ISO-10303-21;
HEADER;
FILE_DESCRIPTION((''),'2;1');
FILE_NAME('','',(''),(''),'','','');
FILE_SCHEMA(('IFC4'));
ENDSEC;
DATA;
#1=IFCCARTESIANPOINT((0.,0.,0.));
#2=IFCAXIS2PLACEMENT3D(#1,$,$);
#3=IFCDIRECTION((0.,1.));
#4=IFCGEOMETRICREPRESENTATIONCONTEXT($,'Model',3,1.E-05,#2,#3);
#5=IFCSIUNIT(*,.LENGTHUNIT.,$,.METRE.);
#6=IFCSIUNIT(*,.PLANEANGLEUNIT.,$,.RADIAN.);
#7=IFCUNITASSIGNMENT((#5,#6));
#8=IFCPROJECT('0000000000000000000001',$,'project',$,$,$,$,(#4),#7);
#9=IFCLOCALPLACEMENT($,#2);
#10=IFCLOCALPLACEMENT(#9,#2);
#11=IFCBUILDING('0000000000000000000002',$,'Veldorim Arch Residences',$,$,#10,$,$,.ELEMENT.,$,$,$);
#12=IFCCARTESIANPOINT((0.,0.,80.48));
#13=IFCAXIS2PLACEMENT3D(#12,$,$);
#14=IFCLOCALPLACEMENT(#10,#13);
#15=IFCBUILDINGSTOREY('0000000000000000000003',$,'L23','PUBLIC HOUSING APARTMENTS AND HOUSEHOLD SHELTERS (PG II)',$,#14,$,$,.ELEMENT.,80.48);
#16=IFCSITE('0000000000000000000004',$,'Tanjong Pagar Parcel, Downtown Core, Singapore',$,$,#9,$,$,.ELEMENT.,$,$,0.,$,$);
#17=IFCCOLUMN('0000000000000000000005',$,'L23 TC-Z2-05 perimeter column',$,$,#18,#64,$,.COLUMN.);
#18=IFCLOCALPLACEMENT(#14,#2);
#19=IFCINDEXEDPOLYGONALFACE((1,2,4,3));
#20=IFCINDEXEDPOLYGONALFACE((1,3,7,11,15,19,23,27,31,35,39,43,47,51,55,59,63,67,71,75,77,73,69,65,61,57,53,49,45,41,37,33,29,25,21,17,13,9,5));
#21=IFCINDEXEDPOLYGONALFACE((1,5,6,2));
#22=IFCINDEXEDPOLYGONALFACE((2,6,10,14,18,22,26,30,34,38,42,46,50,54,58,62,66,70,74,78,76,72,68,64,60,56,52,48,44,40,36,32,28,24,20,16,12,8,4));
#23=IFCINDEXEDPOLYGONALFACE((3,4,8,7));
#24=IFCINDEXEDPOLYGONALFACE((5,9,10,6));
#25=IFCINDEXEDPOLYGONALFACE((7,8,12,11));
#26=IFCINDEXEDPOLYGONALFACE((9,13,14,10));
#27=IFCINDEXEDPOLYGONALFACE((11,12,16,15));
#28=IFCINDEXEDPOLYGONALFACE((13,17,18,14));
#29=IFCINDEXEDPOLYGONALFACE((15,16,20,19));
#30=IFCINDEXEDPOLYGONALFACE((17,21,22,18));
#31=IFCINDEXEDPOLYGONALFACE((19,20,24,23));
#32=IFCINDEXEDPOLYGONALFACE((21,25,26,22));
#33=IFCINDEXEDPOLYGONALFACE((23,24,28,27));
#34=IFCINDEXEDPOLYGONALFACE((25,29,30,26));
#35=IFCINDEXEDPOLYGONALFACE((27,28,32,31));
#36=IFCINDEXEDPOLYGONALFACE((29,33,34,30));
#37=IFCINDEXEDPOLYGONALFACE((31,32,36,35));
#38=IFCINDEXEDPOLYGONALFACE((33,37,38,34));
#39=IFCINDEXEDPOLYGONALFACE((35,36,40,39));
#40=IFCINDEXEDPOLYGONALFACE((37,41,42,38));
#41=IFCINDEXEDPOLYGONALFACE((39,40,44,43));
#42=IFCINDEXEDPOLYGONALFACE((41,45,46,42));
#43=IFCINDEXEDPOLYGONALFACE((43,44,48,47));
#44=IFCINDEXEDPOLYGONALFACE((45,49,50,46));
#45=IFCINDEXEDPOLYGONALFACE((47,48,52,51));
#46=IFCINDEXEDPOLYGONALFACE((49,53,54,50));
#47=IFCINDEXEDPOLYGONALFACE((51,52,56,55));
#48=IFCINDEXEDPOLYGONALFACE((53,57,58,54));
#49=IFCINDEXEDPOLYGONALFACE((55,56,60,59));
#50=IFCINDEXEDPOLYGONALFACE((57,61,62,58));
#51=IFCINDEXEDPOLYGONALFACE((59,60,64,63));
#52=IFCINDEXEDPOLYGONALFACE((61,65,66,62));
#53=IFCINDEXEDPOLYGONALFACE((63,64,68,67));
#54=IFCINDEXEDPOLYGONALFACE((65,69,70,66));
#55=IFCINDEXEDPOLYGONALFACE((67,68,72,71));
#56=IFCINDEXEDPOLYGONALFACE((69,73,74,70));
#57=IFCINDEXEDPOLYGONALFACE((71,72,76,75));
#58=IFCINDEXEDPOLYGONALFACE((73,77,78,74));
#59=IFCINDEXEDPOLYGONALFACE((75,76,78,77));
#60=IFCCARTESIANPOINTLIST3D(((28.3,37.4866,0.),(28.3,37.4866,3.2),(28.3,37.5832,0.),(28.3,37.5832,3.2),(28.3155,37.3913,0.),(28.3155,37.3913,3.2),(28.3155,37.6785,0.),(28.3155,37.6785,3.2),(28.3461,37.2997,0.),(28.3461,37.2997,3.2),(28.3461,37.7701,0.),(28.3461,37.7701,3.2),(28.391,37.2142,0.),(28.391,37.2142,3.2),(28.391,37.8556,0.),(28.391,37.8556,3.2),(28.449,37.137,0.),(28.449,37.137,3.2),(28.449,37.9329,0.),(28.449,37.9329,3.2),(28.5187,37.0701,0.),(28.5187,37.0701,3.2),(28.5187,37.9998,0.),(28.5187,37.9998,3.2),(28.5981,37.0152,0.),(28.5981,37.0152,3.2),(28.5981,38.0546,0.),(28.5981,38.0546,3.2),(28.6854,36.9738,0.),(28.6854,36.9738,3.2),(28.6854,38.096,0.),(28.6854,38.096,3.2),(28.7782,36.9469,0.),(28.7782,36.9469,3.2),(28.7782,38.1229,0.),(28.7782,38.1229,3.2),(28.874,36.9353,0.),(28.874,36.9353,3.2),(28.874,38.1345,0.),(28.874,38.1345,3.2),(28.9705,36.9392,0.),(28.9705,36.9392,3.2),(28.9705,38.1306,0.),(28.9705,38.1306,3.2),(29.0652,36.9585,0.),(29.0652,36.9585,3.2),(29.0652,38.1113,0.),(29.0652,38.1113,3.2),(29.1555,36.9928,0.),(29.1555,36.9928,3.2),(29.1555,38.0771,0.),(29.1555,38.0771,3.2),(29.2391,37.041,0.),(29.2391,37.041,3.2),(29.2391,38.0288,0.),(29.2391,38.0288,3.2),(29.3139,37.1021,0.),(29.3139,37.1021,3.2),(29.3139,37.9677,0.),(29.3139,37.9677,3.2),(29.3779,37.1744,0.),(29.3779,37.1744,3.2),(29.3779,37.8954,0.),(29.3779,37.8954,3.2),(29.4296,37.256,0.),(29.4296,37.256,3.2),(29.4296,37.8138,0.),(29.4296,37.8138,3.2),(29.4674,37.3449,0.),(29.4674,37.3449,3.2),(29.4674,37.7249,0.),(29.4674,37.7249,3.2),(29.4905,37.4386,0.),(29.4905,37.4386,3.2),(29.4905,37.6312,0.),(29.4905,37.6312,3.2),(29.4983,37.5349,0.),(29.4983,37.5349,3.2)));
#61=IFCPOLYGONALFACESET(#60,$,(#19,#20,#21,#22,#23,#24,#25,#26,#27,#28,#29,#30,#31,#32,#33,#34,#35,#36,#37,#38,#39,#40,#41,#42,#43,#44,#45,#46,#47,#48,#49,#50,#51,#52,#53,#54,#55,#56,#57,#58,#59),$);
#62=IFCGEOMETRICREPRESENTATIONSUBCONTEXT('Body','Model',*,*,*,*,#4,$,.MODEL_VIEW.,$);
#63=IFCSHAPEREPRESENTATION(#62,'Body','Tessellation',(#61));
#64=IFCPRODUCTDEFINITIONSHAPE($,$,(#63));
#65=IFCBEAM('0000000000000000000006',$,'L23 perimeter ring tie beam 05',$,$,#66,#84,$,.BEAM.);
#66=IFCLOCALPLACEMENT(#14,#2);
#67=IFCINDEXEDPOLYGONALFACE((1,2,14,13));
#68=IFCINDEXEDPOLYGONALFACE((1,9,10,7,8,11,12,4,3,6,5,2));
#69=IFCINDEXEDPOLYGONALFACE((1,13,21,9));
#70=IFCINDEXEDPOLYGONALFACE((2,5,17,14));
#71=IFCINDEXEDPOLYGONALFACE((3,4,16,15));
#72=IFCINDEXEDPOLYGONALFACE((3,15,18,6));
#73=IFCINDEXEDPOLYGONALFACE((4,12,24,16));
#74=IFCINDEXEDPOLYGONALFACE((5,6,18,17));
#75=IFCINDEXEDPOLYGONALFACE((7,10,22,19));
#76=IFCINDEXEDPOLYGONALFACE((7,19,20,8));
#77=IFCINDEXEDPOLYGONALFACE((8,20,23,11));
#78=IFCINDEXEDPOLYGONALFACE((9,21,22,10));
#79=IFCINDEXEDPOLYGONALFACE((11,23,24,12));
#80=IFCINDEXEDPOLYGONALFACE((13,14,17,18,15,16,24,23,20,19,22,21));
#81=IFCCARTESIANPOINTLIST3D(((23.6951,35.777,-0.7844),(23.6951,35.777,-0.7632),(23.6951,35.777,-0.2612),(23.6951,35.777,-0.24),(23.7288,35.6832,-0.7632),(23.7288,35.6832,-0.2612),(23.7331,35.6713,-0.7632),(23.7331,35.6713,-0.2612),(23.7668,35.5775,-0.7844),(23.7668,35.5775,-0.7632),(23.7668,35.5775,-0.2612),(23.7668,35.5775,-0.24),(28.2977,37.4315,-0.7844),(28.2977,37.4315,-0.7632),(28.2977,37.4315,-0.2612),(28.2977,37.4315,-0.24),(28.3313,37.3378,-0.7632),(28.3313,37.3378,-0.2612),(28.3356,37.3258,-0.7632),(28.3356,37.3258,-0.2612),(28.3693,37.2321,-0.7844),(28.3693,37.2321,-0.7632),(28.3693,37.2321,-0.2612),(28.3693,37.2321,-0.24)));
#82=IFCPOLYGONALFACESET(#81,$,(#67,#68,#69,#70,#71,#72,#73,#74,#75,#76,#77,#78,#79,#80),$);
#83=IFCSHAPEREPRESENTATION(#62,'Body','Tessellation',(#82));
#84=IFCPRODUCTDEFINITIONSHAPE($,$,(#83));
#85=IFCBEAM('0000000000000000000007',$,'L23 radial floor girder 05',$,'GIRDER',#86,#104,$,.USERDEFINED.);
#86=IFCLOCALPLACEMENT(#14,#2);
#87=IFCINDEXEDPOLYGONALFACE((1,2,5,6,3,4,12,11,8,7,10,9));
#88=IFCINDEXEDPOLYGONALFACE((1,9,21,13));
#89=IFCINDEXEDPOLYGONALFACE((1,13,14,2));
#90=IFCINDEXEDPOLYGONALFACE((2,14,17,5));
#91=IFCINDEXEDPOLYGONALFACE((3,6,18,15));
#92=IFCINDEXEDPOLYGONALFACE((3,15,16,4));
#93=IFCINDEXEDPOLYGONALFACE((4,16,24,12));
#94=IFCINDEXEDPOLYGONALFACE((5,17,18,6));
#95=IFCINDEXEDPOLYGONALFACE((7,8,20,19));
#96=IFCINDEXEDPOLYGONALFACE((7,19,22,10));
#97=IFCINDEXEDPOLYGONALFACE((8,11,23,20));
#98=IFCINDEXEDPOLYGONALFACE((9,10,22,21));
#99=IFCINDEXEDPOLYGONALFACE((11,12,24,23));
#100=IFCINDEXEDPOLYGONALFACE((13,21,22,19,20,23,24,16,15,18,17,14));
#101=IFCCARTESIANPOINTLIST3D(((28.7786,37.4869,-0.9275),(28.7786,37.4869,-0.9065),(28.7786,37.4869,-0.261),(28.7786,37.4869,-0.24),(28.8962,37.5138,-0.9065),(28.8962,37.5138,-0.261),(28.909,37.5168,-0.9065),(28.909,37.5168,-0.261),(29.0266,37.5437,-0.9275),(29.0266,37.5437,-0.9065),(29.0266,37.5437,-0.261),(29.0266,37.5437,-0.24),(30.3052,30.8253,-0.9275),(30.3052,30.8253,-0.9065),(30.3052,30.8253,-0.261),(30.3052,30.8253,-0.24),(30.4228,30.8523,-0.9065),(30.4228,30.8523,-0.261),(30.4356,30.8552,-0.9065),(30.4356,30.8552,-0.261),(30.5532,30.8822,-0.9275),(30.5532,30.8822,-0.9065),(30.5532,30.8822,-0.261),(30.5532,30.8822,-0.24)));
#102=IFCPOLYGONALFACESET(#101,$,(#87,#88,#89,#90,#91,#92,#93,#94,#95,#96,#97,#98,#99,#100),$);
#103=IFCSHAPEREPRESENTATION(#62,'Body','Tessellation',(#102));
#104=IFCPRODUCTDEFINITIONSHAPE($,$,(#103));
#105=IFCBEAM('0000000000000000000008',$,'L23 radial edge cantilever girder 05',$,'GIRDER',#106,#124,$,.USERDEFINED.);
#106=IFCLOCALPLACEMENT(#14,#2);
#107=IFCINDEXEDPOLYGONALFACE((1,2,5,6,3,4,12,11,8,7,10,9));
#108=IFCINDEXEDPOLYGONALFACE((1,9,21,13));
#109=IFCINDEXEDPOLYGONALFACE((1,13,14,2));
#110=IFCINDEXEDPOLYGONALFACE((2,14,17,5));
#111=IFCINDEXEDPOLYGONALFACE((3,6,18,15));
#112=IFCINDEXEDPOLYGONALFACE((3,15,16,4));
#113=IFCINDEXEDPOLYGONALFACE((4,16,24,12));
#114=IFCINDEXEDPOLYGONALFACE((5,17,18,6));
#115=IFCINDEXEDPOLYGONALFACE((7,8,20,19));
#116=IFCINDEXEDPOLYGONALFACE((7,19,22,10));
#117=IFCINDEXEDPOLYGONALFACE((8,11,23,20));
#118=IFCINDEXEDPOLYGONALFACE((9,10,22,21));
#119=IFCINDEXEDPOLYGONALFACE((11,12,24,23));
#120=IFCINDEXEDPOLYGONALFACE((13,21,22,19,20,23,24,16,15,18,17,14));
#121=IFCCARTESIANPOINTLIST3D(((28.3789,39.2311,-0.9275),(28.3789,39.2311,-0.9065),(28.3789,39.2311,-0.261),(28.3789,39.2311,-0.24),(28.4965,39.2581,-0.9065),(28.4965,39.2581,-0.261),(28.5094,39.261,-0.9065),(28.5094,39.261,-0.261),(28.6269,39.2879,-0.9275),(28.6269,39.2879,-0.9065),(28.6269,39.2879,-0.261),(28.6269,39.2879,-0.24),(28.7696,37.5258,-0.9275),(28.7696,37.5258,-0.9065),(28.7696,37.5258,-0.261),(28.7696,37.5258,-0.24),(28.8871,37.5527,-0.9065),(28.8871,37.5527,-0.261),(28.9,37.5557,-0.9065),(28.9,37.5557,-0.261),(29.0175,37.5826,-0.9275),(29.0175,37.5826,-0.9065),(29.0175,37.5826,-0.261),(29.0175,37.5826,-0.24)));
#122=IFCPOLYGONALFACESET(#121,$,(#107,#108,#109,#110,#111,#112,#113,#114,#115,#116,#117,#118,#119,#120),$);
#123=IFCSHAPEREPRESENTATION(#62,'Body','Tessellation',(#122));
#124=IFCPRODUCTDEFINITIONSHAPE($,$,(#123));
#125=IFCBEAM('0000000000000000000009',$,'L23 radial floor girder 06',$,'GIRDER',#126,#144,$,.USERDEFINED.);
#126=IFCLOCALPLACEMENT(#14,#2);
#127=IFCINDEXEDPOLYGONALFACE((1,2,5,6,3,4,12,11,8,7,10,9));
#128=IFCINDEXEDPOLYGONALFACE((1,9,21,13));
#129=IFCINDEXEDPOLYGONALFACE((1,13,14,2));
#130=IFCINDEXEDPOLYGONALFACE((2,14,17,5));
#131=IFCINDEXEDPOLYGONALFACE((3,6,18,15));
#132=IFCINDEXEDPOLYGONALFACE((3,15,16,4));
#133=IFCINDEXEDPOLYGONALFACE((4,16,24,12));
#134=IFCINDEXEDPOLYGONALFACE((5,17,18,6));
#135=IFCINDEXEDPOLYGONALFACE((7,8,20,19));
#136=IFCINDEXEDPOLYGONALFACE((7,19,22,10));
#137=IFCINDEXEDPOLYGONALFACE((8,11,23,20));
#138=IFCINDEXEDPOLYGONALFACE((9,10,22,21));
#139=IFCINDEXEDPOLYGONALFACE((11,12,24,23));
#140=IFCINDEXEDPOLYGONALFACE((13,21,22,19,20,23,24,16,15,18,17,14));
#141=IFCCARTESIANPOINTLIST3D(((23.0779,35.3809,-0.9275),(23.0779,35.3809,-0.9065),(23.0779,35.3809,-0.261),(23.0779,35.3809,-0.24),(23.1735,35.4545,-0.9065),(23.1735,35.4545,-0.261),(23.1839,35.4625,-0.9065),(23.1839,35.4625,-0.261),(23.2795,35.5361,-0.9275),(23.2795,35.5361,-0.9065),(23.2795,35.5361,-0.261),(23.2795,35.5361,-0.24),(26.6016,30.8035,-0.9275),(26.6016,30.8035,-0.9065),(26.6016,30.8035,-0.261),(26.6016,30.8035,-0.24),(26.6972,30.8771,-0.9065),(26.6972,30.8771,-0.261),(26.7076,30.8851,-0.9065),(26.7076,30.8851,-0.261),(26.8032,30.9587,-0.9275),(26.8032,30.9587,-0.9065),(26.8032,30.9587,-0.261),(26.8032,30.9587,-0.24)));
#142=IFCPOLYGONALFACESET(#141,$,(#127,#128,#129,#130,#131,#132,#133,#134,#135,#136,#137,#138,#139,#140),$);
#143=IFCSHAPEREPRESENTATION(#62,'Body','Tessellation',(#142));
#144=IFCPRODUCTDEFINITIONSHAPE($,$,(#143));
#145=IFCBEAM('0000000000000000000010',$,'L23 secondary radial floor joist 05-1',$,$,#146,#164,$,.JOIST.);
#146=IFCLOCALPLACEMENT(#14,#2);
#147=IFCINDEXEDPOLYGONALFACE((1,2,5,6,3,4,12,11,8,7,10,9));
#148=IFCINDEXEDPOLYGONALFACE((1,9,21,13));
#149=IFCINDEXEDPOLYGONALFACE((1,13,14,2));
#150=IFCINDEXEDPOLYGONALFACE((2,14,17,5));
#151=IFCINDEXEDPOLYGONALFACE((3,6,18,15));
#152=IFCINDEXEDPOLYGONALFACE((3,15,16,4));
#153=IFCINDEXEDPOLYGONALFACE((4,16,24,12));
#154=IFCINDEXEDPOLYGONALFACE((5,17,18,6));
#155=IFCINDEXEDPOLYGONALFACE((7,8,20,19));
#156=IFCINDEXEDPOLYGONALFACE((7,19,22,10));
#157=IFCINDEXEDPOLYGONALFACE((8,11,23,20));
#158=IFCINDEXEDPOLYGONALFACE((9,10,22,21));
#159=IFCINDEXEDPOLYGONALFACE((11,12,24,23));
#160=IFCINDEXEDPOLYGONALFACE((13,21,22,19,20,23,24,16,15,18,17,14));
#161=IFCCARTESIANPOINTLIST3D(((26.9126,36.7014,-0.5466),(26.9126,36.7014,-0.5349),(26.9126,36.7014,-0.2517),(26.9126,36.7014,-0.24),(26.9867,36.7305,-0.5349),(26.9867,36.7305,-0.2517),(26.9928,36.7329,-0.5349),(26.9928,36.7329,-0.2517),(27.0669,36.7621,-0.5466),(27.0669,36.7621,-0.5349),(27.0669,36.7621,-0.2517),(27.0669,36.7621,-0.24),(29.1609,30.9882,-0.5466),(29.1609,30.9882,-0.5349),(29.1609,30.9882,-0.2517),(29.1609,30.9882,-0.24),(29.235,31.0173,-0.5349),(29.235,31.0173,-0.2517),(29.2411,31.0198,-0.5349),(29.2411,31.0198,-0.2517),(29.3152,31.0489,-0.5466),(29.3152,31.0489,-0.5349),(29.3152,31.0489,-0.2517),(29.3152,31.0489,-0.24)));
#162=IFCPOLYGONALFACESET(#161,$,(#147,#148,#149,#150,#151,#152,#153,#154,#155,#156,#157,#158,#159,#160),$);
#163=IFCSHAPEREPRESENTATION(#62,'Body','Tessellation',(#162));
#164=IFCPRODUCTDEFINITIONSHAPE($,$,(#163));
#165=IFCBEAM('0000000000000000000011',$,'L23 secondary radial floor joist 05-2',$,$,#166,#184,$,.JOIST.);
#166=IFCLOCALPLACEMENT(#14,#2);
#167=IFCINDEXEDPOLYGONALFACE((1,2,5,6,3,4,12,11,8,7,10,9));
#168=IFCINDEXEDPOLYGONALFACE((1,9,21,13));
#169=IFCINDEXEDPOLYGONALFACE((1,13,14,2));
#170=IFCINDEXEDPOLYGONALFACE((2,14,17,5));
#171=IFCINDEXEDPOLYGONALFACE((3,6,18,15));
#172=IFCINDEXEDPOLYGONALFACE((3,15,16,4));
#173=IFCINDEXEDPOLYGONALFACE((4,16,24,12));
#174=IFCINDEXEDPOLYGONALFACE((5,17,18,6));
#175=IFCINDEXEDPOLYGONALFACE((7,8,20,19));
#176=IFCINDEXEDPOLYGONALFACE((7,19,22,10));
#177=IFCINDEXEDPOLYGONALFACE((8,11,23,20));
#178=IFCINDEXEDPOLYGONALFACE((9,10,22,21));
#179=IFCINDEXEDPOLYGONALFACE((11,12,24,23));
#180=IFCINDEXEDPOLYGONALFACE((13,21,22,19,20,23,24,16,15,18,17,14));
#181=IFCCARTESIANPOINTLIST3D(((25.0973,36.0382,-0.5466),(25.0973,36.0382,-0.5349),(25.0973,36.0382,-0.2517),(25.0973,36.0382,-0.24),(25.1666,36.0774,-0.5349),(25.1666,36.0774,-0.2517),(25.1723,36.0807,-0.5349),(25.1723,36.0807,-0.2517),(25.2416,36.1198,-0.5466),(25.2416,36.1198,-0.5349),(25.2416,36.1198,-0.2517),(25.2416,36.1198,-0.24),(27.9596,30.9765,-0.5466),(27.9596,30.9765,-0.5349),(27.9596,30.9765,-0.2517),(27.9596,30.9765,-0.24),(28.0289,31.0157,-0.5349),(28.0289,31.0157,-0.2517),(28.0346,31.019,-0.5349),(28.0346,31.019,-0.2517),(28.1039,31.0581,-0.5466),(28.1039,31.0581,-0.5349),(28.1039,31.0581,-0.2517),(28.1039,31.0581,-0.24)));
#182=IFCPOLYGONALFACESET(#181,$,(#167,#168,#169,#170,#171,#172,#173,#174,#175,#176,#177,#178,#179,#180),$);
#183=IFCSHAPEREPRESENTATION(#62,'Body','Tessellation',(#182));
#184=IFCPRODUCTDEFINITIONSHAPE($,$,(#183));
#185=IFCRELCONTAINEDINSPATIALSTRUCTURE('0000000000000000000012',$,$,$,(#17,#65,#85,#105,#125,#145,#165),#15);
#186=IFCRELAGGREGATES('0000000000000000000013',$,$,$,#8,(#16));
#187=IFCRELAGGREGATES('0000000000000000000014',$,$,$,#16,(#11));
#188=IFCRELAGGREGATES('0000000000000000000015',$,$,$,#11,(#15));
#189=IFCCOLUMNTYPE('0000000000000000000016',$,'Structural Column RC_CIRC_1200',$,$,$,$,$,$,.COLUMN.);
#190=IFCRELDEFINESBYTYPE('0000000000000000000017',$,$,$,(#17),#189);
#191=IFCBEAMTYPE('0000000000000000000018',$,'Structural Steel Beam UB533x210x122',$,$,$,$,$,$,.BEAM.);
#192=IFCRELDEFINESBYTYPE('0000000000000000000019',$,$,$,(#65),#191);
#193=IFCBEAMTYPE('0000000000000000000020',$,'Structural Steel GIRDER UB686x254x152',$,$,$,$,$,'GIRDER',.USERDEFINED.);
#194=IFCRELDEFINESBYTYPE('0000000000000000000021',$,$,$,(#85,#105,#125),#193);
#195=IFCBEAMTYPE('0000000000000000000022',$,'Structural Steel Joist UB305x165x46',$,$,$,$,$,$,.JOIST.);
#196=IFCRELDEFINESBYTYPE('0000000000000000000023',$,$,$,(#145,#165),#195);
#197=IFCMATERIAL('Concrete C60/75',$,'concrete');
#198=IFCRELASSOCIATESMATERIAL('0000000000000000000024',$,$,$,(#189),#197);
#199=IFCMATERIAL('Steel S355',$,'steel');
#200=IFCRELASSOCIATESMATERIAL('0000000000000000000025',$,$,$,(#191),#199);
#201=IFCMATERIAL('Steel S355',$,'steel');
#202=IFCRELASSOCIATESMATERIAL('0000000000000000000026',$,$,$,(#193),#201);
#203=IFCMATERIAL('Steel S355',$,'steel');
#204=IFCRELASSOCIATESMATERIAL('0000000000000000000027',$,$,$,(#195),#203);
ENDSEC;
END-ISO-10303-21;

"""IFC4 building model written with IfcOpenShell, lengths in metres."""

from ifc_helpers import new_model, si_unit, direction, frame, origin, origin_2d, place, context, subcontext, project, spatial, circle, i_section, extrude, material, material_profile, profile_set, type_object, element, save


model = new_model("IFC4")

# Units and contexts
model_context = context("Model", 3, precision=1e-05, world=origin(), true_north=direction((0.0, 1.0)))
body_context = subcontext(model_context, "Body", "Model", "MODEL_VIEW")
ifc_project = project(units=[si_unit("LENGTHUNIT", "METRE"), si_unit("PLANEANGLEUNIT", "RADIAN")], contexts=[model_context])

# Site, building, storey
site_placement = place(None, origin())
site = spatial("IfcSite", under=ifc_project, at=site_placement, Name="Tanjong Pagar Parcel, Downtown Core, Singapore", CompositionType="ELEMENT", RefElevation=0.0)
building_placement = place(site_placement, origin())
building = spatial("IfcBuilding", under=site, at=building_placement, Name="Veldorim Arch Residences", CompositionType="ELEMENT")
storey_placement = place(building_placement, frame((0.0, 0.0, 80.48)))
storey = spatial("IfcBuildingStorey", under=building, at=storey_placement, Name="L23", Description="PUBLIC HOUSING APARTMENTS AND HOUSEHOLD SHELTERS (PG II)", CompositionType="ELEMENT", Elevation=80.48)

# Column
ifc_material_1 = material(Name="Concrete C60/75", Category="concrete")
ifc_material_profile_1 = material_profile(ifc_material_1, circle(Radius=0.6001, at=origin_2d()), Name="RC_CIRC_1200")
ifc_profile_set_1 = profile_set([ifc_material_profile_1], Name="Concrete C60/75")
column_type = type_object("IfcColumnType", Name="Structural Column RC_CIRC_1200", PredefinedType="COLUMN", material=ifc_profile_set_1)
column_placement = place(storey_placement, frame((28.8982, 37.5349, 0.0), z_axis=(0.0, 0.0, 1.0), x_axis=(1.0, 0.0, 0.0)))
element("IfcColumn", 1, at=column_placement, inside=storey, type_object=column_type, Name="L23 TC-Z2-05 perimeter column", PredefinedType="COLUMN", context=body_context, shape_type="SweptSolid", body=[
    extrude(circle(Radius=0.6001, at=origin_2d()), origin(), (0.0, 0.0, 1.0), 3.2),
])

# Beams
ifc_material_2 = material(Name="Steel S355", Category="steel")
ifc_material_profile_2 = material_profile(ifc_material_2, i_section(OverallWidth=0.2119, OverallDepth=0.5444, WebThickness=0.0127, FlangeThickness=0.0212, at=origin_2d()), Name="UB533x210x122")
ifc_profile_set_2 = profile_set([ifc_material_profile_2], Name="Steel S355")
beam_type_1 = type_object("IfcBeamType", Name="Structural Steel Beam UB533x210x122", PredefinedType="BEAM", material=ifc_profile_set_2)
beam_1_placement = place(storey_placement, frame((28.3335, 37.3318, -0.5122), z_axis=(-0.941042, -0.33829, 0.0), x_axis=(0.33829, -0.941042, 0.0)))
element("IfcBeam", 2, at=beam_1_placement, inside=storey, type_object=beam_type_1, Name="L23 perimeter ring tie beam 05", PredefinedType="BEAM", context=body_context, shape_type="SweptSolid", body=[
    extrude(i_section(OverallWidth=0.2119, OverallDepth=0.5444, WebThickness=0.0127, FlangeThickness=0.0212, at=origin_2d()), origin(), (0.0, 0.0, 1.0), 4.8909),
])
ifc_material_3 = material(Name="Steel S355", Category="steel")
ifc_material_profile_3 = material_profile(ifc_material_3, i_section(OverallWidth=0.2544, OverallDepth=0.6875, WebThickness=0.0132, FlangeThickness=0.021, at=origin_2d()), Name="UB686x254x152")
ifc_profile_set_3 = profile_set([ifc_material_profile_3], Name="Steel S355")
beam_type_2 = type_object("IfcBeamType", Name="Structural Steel GIRDER UB686x254x152", ElementType="GIRDER", PredefinedType="USERDEFINED", material=ifc_profile_set_3)
beam_2_placement = place(storey_placement, frame((30.4292, 30.8538, -0.5837), z_axis=(-0.223375, 0.974733, 0.0), x_axis=(-0.974733, -0.223375, 0.0)))
element("IfcBeam", 3, at=beam_2_placement, inside=storey, type_object=beam_type_2, Name="L23 radial floor girder 05", ObjectType="GIRDER", PredefinedType="USERDEFINED", context=body_context, shape_type="SweptSolid", body=[
    extrude(i_section(OverallWidth=0.2544, OverallDepth=0.6875, WebThickness=0.0132, FlangeThickness=0.021, at=origin_2d()), origin(), (0.0, 0.0, 1.0), 6.8342),
])
beam_3_placement = place(storey_placement, frame((28.8936, 37.5542, -0.5837), z_axis=(-0.223279, 0.974754, 0.0), x_axis=(-0.974754, -0.223279, 0.0)))
element("IfcBeam", 4, at=beam_3_placement, inside=storey, type_object=beam_type_2, Name="L23 radial edge cantilever girder 05", ObjectType="GIRDER", PredefinedType="USERDEFINED", context=body_context, shape_type="SweptSolid", body=[
    extrude(i_section(OverallWidth=0.2544, OverallDepth=0.6875, WebThickness=0.0132, FlangeThickness=0.021, at=origin_2d()), origin(), (0.0, 0.0, 1.0), 1.7495),
])
beam_4_placement = place(storey_placement, frame((26.7024, 30.8811, -0.5837), z_axis=(-0.609995, 0.792406, 0.0), x_axis=(-0.792406, -0.609995, 0.0)))
element("IfcBeam", 5, at=beam_4_placement, inside=storey, type_object=beam_type_2, Name="L23 radial floor girder 06", ObjectType="GIRDER", PredefinedType="USERDEFINED", context=body_context, shape_type="SweptSolid", body=[
    extrude(i_section(OverallWidth=0.2544, OverallDepth=0.6875, WebThickness=0.0132, FlangeThickness=0.021, at=origin_2d()), origin(), (0.0, 0.0, 1.0), 5.7766),
])
ifc_material_4 = material(Name="Steel S355", Category="steel")
ifc_material_profile_4 = material_profile(ifc_material_4, i_section(OverallWidth=0.1658, OverallDepth=0.3066, WebThickness=0.0066, FlangeThickness=0.0117, at=origin_2d()), Name="UB305x165x46")
ifc_profile_set_4 = profile_set([ifc_material_profile_4], Name="Steel S355")
beam_type_3 = type_object("IfcBeamType", Name="Structural Steel Joist UB305x165x46", PredefinedType="JOIST", material=ifc_profile_set_4)
beam_5_placement = place(storey_placement, frame((29.238, 31.0186, -0.3933), z_axis=(-0.366195, 0.930538, 0.0), x_axis=(-0.930538, -0.366195, 0.0)))
element("IfcBeam", 6, at=beam_5_placement, inside=storey, type_object=beam_type_3, Name="L23 secondary radial floor joist 05-1", PredefinedType="JOIST", context=body_context, shape_type="SweptSolid", body=[
    extrude(i_section(OverallWidth=0.1658, OverallDepth=0.3066, WebThickness=0.0066, FlangeThickness=0.0117, at=origin_2d()), origin(), (0.0, 0.0, 1.0), 6.1396),
])
beam_6_placement = place(storey_placement, frame((28.0317, 31.0173, -0.3933), z_axis=(-0.492227, 0.870467, 0.0), x_axis=(-0.870467, -0.492227, 0.0)))
element("IfcBeam", 7, at=beam_6_placement, inside=storey, type_object=beam_type_3, Name="L23 secondary radial floor joist 05-2", PredefinedType="JOIST", context=body_context, shape_type="SweptSolid", body=[
    extrude(i_section(OverallWidth=0.1658, OverallDepth=0.3066, WebThickness=0.0066, FlangeThickness=0.0117, at=origin_2d()), origin(), (0.0, 0.0, 1.0), 5.8149),
])

save(model, "model.ifc")
